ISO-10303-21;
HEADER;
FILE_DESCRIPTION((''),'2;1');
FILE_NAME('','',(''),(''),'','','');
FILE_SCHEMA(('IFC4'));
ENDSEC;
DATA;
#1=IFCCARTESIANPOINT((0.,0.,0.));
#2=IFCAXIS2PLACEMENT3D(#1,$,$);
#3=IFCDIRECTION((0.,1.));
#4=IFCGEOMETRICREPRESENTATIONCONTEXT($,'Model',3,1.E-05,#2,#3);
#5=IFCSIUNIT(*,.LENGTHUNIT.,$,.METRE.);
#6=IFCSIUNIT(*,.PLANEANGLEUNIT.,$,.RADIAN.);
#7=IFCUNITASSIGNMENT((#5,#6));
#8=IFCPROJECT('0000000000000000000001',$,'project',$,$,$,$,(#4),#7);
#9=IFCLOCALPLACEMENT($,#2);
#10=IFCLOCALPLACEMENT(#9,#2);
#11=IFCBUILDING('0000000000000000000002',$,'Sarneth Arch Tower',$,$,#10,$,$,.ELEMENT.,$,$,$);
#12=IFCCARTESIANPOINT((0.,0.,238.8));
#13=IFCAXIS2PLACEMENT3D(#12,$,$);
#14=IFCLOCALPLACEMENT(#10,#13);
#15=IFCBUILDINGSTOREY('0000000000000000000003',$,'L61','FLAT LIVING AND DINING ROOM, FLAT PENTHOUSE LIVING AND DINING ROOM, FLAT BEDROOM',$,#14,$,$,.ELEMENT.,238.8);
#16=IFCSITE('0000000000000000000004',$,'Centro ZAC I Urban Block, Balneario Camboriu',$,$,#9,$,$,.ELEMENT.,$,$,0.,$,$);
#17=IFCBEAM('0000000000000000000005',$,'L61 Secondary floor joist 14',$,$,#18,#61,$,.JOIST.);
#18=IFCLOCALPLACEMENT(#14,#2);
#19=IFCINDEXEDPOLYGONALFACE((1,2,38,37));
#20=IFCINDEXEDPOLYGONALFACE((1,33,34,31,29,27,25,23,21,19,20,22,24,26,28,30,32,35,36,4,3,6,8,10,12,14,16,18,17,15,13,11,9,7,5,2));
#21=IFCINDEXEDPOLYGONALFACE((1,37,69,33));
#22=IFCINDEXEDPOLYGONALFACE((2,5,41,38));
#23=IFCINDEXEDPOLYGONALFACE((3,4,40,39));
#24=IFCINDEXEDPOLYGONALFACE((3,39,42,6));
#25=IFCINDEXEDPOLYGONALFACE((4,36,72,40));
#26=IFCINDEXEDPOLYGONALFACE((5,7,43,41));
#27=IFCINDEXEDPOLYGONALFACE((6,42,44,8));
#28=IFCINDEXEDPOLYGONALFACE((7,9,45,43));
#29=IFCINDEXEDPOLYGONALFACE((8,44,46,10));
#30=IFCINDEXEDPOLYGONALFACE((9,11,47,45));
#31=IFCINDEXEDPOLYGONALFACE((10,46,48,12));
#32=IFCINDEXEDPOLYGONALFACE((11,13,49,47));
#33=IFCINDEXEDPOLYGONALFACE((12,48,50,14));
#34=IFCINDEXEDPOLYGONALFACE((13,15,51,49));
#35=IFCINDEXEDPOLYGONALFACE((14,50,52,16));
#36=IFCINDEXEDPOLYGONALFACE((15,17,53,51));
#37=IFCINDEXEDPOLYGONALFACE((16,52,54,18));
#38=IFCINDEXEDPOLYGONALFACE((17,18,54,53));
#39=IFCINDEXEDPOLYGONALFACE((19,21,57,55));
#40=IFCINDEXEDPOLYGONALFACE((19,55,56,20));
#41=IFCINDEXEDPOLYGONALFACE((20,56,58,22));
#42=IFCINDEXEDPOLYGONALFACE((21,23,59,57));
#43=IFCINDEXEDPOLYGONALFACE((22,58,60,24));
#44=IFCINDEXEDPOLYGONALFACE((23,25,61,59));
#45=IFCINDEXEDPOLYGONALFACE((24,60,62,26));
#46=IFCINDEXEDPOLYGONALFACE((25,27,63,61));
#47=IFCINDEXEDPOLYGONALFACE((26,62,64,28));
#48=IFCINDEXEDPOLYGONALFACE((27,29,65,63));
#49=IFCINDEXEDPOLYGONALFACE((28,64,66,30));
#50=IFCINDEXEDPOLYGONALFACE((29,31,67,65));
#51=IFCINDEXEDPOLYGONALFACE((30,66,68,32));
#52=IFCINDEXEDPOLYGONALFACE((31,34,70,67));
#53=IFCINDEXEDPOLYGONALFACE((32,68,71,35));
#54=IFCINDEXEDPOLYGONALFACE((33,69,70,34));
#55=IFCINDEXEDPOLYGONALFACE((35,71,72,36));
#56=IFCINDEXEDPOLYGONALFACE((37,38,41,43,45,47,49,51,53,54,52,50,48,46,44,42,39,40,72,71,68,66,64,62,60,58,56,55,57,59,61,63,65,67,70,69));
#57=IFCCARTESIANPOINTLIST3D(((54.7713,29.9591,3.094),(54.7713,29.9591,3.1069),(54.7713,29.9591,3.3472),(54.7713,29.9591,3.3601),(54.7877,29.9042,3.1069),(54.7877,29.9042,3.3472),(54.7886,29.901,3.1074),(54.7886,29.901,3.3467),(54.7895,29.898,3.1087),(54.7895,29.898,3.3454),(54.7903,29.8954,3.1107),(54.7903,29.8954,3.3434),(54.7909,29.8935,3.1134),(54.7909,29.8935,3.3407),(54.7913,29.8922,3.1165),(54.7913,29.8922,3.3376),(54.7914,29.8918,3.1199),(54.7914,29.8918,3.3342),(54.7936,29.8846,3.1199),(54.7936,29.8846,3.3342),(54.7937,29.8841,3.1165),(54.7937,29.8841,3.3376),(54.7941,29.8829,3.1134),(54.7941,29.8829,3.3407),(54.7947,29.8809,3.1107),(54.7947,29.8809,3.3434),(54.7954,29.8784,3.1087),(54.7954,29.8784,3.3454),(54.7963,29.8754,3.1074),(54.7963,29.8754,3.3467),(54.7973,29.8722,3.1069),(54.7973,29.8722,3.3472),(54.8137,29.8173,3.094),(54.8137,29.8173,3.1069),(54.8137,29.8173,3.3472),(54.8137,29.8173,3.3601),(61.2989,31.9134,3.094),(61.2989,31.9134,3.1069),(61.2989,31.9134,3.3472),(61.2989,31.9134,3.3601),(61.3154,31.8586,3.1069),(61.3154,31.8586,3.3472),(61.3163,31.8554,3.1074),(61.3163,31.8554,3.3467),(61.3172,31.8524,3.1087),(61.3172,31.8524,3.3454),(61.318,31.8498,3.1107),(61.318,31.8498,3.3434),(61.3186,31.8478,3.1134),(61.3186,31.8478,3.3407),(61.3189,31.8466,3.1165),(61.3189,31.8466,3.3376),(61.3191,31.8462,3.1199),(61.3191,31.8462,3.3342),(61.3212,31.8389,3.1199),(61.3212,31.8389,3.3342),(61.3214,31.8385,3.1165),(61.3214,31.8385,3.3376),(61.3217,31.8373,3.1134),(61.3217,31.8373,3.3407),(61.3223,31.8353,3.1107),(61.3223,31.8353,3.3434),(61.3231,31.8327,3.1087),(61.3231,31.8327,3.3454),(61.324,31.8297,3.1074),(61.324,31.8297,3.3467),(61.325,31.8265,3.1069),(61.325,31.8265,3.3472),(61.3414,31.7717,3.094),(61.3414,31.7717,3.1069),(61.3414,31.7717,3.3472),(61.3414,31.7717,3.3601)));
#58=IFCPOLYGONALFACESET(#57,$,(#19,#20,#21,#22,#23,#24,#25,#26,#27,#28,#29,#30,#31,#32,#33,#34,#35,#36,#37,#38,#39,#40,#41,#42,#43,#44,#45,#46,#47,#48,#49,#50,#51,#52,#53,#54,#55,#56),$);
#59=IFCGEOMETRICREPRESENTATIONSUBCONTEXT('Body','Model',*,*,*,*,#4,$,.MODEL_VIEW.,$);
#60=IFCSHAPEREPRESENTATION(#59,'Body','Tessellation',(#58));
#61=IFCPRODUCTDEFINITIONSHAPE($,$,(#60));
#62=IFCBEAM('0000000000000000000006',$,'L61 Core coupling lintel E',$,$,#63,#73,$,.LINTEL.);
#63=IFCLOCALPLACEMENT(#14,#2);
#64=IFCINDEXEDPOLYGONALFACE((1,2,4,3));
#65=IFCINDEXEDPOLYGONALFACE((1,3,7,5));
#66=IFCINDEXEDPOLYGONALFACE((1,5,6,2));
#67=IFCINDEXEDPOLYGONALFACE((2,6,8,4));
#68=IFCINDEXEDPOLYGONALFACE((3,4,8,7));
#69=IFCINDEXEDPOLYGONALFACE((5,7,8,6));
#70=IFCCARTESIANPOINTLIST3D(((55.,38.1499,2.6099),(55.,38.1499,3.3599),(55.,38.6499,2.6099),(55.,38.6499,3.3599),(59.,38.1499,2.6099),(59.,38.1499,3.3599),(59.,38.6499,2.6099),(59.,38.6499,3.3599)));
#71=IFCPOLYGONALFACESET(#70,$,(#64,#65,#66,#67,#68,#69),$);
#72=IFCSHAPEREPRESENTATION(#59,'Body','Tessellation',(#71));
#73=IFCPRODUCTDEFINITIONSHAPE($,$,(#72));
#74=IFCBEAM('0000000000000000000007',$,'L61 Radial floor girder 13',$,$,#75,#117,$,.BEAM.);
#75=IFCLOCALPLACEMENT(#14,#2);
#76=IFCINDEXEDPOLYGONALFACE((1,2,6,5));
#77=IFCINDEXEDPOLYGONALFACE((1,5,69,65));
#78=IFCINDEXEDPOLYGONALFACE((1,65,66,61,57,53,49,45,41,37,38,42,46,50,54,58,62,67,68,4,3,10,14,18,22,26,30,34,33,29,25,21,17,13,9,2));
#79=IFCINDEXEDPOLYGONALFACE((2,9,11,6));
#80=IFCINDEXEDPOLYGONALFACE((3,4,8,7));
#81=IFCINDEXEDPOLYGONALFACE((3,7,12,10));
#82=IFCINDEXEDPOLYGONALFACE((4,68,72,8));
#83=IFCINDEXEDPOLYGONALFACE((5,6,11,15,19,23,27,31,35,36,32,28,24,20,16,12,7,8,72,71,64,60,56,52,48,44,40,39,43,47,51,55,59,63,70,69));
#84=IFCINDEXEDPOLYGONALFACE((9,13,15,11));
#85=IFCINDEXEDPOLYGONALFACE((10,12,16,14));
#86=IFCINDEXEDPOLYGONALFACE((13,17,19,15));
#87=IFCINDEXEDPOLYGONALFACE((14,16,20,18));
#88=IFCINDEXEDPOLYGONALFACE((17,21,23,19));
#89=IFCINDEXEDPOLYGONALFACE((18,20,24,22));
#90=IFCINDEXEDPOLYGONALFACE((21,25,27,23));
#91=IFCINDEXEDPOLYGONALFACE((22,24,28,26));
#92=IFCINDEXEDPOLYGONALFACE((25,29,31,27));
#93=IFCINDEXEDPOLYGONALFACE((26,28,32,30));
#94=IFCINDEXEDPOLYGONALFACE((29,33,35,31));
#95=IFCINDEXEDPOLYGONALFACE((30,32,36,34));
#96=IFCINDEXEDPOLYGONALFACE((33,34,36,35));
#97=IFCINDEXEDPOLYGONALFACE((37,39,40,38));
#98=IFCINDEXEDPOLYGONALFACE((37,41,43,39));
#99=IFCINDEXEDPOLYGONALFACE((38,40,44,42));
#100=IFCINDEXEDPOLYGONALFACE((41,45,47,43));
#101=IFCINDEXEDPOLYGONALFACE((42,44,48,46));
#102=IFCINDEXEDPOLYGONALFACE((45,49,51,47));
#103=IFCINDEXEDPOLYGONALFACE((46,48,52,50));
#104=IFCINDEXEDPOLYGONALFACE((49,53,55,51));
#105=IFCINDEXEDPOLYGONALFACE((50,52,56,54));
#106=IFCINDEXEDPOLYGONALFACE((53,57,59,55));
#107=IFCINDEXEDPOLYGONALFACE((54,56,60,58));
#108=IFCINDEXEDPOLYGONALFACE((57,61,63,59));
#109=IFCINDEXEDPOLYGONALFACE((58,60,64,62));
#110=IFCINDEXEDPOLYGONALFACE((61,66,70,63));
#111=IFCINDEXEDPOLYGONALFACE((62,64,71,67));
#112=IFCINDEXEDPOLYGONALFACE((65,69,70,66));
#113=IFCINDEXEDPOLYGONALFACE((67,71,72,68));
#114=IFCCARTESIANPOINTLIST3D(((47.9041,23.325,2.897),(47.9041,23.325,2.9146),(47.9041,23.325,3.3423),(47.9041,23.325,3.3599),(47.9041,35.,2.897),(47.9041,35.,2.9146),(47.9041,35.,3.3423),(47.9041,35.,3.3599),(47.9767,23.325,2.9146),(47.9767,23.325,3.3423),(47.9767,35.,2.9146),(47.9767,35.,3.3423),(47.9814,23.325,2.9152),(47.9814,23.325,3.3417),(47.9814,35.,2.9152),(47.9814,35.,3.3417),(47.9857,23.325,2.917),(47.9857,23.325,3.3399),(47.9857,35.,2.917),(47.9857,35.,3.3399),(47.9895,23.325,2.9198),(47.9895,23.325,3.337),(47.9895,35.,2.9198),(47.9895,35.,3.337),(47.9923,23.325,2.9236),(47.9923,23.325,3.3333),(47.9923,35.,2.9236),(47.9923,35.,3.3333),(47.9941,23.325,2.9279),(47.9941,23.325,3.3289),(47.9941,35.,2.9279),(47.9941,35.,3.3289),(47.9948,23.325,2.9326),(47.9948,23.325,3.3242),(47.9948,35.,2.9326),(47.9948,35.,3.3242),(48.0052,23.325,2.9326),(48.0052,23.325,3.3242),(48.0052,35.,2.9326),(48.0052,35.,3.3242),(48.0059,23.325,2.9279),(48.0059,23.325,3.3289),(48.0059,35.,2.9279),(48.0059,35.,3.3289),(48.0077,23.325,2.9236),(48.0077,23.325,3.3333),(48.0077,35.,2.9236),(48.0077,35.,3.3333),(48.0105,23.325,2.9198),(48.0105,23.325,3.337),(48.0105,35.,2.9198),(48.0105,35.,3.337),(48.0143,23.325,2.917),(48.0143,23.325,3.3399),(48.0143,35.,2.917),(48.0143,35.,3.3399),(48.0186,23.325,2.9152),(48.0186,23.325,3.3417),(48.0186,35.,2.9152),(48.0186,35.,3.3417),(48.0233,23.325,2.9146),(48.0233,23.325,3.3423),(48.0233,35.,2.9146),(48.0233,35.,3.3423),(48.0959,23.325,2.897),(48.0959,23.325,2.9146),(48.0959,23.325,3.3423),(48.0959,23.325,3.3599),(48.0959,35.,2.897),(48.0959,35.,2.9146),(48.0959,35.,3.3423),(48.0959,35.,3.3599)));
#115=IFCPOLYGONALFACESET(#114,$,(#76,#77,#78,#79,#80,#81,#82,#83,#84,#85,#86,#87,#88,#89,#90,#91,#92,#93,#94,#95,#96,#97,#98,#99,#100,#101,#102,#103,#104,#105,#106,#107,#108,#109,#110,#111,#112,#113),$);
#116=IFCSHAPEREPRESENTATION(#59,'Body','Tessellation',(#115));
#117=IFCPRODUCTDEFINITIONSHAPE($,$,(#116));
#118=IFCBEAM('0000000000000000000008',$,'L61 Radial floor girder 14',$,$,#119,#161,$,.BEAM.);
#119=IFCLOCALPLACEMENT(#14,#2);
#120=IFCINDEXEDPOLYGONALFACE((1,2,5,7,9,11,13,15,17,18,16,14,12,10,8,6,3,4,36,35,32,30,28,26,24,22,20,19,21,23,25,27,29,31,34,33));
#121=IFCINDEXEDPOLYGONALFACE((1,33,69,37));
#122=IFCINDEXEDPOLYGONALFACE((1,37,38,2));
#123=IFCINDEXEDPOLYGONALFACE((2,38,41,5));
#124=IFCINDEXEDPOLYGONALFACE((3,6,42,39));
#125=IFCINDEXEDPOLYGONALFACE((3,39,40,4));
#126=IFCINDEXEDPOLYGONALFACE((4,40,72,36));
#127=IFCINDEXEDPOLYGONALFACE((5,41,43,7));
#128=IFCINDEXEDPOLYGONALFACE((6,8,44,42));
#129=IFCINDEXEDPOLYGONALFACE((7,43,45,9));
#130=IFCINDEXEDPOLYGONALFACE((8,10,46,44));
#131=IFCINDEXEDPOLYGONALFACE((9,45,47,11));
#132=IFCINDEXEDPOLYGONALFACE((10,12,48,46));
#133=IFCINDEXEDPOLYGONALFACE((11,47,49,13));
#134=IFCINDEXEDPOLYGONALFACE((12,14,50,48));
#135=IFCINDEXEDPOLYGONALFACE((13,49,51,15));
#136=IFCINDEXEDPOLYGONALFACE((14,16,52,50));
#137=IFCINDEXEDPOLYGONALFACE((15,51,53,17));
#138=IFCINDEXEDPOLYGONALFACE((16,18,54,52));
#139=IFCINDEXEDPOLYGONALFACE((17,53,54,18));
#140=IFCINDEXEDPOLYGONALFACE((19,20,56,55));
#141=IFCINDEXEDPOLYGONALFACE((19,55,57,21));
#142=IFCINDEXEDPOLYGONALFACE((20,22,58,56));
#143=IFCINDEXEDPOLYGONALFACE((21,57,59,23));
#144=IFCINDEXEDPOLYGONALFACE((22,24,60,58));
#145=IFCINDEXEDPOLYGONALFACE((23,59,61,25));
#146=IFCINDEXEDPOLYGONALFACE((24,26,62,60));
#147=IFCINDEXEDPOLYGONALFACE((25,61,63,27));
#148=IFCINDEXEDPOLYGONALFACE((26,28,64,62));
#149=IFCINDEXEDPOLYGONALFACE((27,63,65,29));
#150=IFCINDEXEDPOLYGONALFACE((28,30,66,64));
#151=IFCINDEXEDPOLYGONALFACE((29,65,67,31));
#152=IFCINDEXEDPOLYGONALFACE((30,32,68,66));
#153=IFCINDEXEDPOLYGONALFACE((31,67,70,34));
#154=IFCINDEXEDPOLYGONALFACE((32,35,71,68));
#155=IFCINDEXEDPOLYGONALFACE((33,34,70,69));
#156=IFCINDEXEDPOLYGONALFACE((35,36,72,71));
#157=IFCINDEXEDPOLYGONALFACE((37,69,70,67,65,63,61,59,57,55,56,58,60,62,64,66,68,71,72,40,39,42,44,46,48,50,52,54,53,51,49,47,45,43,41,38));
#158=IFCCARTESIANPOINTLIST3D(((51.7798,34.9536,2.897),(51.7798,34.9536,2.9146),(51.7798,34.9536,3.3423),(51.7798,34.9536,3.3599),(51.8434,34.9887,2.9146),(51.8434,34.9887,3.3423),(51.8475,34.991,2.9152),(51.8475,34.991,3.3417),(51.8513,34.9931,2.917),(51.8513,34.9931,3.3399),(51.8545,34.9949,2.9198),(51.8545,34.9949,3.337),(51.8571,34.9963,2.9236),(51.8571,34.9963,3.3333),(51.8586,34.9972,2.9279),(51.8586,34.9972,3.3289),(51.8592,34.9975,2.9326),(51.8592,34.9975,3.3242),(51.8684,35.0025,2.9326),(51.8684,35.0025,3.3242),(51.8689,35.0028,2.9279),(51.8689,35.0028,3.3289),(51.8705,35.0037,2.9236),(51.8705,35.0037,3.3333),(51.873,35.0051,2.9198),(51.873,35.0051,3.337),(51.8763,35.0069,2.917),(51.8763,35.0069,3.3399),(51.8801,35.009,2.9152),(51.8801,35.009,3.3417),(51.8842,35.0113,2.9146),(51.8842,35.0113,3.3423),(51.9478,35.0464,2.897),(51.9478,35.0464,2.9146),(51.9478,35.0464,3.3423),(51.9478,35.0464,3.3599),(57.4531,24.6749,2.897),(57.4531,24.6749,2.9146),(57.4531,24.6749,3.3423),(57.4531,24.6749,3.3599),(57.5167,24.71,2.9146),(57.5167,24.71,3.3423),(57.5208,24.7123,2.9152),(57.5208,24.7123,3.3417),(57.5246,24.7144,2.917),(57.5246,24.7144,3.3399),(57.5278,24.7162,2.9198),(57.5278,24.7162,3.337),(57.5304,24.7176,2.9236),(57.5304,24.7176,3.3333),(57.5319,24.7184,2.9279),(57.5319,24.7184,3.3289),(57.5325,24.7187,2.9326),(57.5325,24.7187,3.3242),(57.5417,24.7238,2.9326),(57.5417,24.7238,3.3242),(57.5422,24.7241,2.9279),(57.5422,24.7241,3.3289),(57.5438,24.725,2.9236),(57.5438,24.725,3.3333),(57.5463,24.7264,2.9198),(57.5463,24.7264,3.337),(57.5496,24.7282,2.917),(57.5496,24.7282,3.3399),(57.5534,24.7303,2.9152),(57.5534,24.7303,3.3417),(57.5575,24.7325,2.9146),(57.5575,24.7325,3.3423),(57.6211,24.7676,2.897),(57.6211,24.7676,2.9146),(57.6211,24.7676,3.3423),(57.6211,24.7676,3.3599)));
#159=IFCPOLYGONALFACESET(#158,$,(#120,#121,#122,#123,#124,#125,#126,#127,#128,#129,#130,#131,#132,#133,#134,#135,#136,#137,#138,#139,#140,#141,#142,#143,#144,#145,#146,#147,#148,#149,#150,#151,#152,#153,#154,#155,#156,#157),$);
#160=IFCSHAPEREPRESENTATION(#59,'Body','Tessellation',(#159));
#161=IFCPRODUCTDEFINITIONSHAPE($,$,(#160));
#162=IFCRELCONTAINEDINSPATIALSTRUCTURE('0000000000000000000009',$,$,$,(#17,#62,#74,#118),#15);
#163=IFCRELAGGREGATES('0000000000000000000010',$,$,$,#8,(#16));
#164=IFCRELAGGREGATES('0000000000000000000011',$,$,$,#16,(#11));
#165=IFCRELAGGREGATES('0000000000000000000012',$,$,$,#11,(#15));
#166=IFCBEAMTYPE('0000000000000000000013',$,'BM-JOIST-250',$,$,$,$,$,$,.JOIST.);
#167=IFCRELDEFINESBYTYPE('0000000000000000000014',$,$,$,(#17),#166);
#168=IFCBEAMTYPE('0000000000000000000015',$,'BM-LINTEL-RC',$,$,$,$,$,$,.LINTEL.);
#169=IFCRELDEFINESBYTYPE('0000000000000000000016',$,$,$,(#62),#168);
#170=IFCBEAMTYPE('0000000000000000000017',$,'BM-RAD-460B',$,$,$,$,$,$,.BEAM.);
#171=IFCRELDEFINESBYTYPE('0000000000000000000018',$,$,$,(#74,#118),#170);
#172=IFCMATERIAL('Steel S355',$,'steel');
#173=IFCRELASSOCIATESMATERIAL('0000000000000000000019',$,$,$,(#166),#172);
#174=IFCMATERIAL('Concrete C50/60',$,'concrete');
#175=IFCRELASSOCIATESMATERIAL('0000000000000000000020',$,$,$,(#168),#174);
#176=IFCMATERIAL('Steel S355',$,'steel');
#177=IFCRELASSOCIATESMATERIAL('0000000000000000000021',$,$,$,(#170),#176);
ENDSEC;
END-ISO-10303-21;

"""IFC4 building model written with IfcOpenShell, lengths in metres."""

from ifc_helpers import new_model, si_unit, direction, frame, origin, origin_2d, place, context, subcontext, project, spatial, rectangle, i_section, extrude, material, material_profile, profile_set, type_object, element, save


model = new_model("IFC4")

# Units and contexts
model_context = context("Model", 3, precision=1e-05, world=origin(), true_north=direction((0.0, 1.0)))
body_context = subcontext(model_context, "Body", "Model", "MODEL_VIEW")
ifc_project = project(units=[si_unit("LENGTHUNIT", "METRE"), si_unit("PLANEANGLEUNIT", "RADIAN")], contexts=[model_context])

# Site, building, storey
site_placement = place(None, origin())
site = spatial("IfcSite", under=ifc_project, at=site_placement, Name="Centro ZAC I Urban Block, Balneario Camboriu", CompositionType="ELEMENT", RefElevation=0.0)
building_placement = place(site_placement, origin())
building = spatial("IfcBuilding", under=site, at=building_placement, Name="Sarneth Arch Tower", CompositionType="ELEMENT")
storey_placement = place(building_placement, frame((0.0, 0.0, 238.8)))
storey = spatial("IfcBuildingStorey", under=building, at=storey_placement, Name="L61", Description="FLAT LIVING AND DINING ROOM, FLAT PENTHOUSE LIVING AND DINING ROOM, FLAT BEDROOM", CompositionType="ELEMENT", Elevation=238.8)

# Beams
ifc_material_1 = material(Name="Steel S355", Category="steel")
ifc_material_profile_1 = material_profile(ifc_material_1, i_section(OverallWidth=0.1479, OverallDepth=0.2661, WebThickness=0.0076, FlangeThickness=0.0129, FilletRadius=0.0129, at=origin_2d()), Name="W250x44.8")
ifc_profile_set_1 = profile_set([ifc_material_profile_1], Name="Steel S355")
beam_type_1 = type_object("IfcBeamType", Name="BM-JOIST-250", PredefinedType="JOIST", material=ifc_profile_set_1)
beam_1_placement = place(storey_placement, frame((54.7925, 29.8882, 3.2271), z_axis=(0.957985, 0.286819, 0.0), x_axis=(-0.286819, 0.957985, 0.0)))
element("IfcBeam", 1, at=beam_1_placement, inside=storey, type_object=beam_type_1, Name="L61 Secondary floor joist 14", PredefinedType="JOIST", context=body_context, shape_type="SweptSolid", body=[
    extrude(i_section(OverallWidth=0.1479, OverallDepth=0.2661, WebThickness=0.0076, FlangeThickness=0.0129, FilletRadius=0.0129, at=origin_2d()), origin(), (0.0, 0.0, 1.0), 6.814),
])
ifc_material_2 = material(Name="Concrete C50/60", Category="concrete")
ifc_material_profile_2 = material_profile(ifc_material_2, rectangle(XDim=0.5, YDim=0.75, at=origin_2d()), Name="RC-500x750")
ifc_profile_set_2 = profile_set([ifc_material_profile_2], Name="Concrete C50/60")
beam_type_2 = type_object("IfcBeamType", Name="BM-LINTEL-RC", PredefinedType="LINTEL", material=ifc_profile_set_2)
beam_2_placement = place(storey_placement, frame((55.0, 38.3999, 2.9849), z_axis=(1.0, 0.0, 0.0), x_axis=(0.0, 1.0, 0.0)))
element("IfcBeam", 2, at=beam_2_placement, inside=storey, type_object=beam_type_2, Name="L61 Core coupling lintel E", PredefinedType="LINTEL", context=body_context, shape_type="SweptSolid", body=[
    extrude(rectangle(XDim=0.5, YDim=0.75, at=origin_2d()), origin(), (0.0, 0.0, 1.0), 4.0),
])
ifc_material_3 = material(Name="Steel S355", Category="steel")
ifc_material_profile_3 = material_profile(ifc_material_3, i_section(OverallWidth=0.1919, OverallDepth=0.4629, WebThickness=0.0105, FlangeThickness=0.0176, FilletRadius=0.0181, at=origin_2d()), Name="W460x89")
ifc_profile_set_3 = profile_set([ifc_material_profile_3], Name="Steel S355")
beam_type_3 = type_object("IfcBeamType", Name="BM-RAD-460B", PredefinedType="BEAM", material=ifc_profile_set_3)
beam_3_placement = place(storey_placement, frame((48.0, 35.0, 3.1284), z_axis=(0.0, -1.0, 0.0), x_axis=(1.0, 0.0, 0.0)))
element("IfcBeam", 3, at=beam_3_placement, inside=storey, type_object=beam_type_3, Name="L61 Radial floor girder 13", PredefinedType="BEAM", context=body_context, shape_type="SweptSolid", body=[
    extrude(i_section(OverallWidth=0.1919, OverallDepth=0.4629, WebThickness=0.0105, FlangeThickness=0.0176, FilletRadius=0.0181, at=origin_2d()), origin(), (0.0, 0.0, 1.0), 11.675),
])
beam_4_placement = place(storey_placement, frame((51.8638, 35.0, 3.1284), z_axis=(0.483226, -0.875496, 0.0), x_axis=(0.875496, 0.483226, 0.0)))
element("IfcBeam", 4, at=beam_4_placement, inside=storey, type_object=beam_type_3, Name="L61 Radial floor girder 14", PredefinedType="BEAM", context=body_context, shape_type="SweptSolid", body=[
    extrude(i_section(OverallWidth=0.1919, OverallDepth=0.4629, WebThickness=0.0105, FlangeThickness=0.0176, FilletRadius=0.0181, at=origin_2d()), origin(), (0.0, 0.0, 1.0), 11.7405),
])

save(model, "model.ifc")
